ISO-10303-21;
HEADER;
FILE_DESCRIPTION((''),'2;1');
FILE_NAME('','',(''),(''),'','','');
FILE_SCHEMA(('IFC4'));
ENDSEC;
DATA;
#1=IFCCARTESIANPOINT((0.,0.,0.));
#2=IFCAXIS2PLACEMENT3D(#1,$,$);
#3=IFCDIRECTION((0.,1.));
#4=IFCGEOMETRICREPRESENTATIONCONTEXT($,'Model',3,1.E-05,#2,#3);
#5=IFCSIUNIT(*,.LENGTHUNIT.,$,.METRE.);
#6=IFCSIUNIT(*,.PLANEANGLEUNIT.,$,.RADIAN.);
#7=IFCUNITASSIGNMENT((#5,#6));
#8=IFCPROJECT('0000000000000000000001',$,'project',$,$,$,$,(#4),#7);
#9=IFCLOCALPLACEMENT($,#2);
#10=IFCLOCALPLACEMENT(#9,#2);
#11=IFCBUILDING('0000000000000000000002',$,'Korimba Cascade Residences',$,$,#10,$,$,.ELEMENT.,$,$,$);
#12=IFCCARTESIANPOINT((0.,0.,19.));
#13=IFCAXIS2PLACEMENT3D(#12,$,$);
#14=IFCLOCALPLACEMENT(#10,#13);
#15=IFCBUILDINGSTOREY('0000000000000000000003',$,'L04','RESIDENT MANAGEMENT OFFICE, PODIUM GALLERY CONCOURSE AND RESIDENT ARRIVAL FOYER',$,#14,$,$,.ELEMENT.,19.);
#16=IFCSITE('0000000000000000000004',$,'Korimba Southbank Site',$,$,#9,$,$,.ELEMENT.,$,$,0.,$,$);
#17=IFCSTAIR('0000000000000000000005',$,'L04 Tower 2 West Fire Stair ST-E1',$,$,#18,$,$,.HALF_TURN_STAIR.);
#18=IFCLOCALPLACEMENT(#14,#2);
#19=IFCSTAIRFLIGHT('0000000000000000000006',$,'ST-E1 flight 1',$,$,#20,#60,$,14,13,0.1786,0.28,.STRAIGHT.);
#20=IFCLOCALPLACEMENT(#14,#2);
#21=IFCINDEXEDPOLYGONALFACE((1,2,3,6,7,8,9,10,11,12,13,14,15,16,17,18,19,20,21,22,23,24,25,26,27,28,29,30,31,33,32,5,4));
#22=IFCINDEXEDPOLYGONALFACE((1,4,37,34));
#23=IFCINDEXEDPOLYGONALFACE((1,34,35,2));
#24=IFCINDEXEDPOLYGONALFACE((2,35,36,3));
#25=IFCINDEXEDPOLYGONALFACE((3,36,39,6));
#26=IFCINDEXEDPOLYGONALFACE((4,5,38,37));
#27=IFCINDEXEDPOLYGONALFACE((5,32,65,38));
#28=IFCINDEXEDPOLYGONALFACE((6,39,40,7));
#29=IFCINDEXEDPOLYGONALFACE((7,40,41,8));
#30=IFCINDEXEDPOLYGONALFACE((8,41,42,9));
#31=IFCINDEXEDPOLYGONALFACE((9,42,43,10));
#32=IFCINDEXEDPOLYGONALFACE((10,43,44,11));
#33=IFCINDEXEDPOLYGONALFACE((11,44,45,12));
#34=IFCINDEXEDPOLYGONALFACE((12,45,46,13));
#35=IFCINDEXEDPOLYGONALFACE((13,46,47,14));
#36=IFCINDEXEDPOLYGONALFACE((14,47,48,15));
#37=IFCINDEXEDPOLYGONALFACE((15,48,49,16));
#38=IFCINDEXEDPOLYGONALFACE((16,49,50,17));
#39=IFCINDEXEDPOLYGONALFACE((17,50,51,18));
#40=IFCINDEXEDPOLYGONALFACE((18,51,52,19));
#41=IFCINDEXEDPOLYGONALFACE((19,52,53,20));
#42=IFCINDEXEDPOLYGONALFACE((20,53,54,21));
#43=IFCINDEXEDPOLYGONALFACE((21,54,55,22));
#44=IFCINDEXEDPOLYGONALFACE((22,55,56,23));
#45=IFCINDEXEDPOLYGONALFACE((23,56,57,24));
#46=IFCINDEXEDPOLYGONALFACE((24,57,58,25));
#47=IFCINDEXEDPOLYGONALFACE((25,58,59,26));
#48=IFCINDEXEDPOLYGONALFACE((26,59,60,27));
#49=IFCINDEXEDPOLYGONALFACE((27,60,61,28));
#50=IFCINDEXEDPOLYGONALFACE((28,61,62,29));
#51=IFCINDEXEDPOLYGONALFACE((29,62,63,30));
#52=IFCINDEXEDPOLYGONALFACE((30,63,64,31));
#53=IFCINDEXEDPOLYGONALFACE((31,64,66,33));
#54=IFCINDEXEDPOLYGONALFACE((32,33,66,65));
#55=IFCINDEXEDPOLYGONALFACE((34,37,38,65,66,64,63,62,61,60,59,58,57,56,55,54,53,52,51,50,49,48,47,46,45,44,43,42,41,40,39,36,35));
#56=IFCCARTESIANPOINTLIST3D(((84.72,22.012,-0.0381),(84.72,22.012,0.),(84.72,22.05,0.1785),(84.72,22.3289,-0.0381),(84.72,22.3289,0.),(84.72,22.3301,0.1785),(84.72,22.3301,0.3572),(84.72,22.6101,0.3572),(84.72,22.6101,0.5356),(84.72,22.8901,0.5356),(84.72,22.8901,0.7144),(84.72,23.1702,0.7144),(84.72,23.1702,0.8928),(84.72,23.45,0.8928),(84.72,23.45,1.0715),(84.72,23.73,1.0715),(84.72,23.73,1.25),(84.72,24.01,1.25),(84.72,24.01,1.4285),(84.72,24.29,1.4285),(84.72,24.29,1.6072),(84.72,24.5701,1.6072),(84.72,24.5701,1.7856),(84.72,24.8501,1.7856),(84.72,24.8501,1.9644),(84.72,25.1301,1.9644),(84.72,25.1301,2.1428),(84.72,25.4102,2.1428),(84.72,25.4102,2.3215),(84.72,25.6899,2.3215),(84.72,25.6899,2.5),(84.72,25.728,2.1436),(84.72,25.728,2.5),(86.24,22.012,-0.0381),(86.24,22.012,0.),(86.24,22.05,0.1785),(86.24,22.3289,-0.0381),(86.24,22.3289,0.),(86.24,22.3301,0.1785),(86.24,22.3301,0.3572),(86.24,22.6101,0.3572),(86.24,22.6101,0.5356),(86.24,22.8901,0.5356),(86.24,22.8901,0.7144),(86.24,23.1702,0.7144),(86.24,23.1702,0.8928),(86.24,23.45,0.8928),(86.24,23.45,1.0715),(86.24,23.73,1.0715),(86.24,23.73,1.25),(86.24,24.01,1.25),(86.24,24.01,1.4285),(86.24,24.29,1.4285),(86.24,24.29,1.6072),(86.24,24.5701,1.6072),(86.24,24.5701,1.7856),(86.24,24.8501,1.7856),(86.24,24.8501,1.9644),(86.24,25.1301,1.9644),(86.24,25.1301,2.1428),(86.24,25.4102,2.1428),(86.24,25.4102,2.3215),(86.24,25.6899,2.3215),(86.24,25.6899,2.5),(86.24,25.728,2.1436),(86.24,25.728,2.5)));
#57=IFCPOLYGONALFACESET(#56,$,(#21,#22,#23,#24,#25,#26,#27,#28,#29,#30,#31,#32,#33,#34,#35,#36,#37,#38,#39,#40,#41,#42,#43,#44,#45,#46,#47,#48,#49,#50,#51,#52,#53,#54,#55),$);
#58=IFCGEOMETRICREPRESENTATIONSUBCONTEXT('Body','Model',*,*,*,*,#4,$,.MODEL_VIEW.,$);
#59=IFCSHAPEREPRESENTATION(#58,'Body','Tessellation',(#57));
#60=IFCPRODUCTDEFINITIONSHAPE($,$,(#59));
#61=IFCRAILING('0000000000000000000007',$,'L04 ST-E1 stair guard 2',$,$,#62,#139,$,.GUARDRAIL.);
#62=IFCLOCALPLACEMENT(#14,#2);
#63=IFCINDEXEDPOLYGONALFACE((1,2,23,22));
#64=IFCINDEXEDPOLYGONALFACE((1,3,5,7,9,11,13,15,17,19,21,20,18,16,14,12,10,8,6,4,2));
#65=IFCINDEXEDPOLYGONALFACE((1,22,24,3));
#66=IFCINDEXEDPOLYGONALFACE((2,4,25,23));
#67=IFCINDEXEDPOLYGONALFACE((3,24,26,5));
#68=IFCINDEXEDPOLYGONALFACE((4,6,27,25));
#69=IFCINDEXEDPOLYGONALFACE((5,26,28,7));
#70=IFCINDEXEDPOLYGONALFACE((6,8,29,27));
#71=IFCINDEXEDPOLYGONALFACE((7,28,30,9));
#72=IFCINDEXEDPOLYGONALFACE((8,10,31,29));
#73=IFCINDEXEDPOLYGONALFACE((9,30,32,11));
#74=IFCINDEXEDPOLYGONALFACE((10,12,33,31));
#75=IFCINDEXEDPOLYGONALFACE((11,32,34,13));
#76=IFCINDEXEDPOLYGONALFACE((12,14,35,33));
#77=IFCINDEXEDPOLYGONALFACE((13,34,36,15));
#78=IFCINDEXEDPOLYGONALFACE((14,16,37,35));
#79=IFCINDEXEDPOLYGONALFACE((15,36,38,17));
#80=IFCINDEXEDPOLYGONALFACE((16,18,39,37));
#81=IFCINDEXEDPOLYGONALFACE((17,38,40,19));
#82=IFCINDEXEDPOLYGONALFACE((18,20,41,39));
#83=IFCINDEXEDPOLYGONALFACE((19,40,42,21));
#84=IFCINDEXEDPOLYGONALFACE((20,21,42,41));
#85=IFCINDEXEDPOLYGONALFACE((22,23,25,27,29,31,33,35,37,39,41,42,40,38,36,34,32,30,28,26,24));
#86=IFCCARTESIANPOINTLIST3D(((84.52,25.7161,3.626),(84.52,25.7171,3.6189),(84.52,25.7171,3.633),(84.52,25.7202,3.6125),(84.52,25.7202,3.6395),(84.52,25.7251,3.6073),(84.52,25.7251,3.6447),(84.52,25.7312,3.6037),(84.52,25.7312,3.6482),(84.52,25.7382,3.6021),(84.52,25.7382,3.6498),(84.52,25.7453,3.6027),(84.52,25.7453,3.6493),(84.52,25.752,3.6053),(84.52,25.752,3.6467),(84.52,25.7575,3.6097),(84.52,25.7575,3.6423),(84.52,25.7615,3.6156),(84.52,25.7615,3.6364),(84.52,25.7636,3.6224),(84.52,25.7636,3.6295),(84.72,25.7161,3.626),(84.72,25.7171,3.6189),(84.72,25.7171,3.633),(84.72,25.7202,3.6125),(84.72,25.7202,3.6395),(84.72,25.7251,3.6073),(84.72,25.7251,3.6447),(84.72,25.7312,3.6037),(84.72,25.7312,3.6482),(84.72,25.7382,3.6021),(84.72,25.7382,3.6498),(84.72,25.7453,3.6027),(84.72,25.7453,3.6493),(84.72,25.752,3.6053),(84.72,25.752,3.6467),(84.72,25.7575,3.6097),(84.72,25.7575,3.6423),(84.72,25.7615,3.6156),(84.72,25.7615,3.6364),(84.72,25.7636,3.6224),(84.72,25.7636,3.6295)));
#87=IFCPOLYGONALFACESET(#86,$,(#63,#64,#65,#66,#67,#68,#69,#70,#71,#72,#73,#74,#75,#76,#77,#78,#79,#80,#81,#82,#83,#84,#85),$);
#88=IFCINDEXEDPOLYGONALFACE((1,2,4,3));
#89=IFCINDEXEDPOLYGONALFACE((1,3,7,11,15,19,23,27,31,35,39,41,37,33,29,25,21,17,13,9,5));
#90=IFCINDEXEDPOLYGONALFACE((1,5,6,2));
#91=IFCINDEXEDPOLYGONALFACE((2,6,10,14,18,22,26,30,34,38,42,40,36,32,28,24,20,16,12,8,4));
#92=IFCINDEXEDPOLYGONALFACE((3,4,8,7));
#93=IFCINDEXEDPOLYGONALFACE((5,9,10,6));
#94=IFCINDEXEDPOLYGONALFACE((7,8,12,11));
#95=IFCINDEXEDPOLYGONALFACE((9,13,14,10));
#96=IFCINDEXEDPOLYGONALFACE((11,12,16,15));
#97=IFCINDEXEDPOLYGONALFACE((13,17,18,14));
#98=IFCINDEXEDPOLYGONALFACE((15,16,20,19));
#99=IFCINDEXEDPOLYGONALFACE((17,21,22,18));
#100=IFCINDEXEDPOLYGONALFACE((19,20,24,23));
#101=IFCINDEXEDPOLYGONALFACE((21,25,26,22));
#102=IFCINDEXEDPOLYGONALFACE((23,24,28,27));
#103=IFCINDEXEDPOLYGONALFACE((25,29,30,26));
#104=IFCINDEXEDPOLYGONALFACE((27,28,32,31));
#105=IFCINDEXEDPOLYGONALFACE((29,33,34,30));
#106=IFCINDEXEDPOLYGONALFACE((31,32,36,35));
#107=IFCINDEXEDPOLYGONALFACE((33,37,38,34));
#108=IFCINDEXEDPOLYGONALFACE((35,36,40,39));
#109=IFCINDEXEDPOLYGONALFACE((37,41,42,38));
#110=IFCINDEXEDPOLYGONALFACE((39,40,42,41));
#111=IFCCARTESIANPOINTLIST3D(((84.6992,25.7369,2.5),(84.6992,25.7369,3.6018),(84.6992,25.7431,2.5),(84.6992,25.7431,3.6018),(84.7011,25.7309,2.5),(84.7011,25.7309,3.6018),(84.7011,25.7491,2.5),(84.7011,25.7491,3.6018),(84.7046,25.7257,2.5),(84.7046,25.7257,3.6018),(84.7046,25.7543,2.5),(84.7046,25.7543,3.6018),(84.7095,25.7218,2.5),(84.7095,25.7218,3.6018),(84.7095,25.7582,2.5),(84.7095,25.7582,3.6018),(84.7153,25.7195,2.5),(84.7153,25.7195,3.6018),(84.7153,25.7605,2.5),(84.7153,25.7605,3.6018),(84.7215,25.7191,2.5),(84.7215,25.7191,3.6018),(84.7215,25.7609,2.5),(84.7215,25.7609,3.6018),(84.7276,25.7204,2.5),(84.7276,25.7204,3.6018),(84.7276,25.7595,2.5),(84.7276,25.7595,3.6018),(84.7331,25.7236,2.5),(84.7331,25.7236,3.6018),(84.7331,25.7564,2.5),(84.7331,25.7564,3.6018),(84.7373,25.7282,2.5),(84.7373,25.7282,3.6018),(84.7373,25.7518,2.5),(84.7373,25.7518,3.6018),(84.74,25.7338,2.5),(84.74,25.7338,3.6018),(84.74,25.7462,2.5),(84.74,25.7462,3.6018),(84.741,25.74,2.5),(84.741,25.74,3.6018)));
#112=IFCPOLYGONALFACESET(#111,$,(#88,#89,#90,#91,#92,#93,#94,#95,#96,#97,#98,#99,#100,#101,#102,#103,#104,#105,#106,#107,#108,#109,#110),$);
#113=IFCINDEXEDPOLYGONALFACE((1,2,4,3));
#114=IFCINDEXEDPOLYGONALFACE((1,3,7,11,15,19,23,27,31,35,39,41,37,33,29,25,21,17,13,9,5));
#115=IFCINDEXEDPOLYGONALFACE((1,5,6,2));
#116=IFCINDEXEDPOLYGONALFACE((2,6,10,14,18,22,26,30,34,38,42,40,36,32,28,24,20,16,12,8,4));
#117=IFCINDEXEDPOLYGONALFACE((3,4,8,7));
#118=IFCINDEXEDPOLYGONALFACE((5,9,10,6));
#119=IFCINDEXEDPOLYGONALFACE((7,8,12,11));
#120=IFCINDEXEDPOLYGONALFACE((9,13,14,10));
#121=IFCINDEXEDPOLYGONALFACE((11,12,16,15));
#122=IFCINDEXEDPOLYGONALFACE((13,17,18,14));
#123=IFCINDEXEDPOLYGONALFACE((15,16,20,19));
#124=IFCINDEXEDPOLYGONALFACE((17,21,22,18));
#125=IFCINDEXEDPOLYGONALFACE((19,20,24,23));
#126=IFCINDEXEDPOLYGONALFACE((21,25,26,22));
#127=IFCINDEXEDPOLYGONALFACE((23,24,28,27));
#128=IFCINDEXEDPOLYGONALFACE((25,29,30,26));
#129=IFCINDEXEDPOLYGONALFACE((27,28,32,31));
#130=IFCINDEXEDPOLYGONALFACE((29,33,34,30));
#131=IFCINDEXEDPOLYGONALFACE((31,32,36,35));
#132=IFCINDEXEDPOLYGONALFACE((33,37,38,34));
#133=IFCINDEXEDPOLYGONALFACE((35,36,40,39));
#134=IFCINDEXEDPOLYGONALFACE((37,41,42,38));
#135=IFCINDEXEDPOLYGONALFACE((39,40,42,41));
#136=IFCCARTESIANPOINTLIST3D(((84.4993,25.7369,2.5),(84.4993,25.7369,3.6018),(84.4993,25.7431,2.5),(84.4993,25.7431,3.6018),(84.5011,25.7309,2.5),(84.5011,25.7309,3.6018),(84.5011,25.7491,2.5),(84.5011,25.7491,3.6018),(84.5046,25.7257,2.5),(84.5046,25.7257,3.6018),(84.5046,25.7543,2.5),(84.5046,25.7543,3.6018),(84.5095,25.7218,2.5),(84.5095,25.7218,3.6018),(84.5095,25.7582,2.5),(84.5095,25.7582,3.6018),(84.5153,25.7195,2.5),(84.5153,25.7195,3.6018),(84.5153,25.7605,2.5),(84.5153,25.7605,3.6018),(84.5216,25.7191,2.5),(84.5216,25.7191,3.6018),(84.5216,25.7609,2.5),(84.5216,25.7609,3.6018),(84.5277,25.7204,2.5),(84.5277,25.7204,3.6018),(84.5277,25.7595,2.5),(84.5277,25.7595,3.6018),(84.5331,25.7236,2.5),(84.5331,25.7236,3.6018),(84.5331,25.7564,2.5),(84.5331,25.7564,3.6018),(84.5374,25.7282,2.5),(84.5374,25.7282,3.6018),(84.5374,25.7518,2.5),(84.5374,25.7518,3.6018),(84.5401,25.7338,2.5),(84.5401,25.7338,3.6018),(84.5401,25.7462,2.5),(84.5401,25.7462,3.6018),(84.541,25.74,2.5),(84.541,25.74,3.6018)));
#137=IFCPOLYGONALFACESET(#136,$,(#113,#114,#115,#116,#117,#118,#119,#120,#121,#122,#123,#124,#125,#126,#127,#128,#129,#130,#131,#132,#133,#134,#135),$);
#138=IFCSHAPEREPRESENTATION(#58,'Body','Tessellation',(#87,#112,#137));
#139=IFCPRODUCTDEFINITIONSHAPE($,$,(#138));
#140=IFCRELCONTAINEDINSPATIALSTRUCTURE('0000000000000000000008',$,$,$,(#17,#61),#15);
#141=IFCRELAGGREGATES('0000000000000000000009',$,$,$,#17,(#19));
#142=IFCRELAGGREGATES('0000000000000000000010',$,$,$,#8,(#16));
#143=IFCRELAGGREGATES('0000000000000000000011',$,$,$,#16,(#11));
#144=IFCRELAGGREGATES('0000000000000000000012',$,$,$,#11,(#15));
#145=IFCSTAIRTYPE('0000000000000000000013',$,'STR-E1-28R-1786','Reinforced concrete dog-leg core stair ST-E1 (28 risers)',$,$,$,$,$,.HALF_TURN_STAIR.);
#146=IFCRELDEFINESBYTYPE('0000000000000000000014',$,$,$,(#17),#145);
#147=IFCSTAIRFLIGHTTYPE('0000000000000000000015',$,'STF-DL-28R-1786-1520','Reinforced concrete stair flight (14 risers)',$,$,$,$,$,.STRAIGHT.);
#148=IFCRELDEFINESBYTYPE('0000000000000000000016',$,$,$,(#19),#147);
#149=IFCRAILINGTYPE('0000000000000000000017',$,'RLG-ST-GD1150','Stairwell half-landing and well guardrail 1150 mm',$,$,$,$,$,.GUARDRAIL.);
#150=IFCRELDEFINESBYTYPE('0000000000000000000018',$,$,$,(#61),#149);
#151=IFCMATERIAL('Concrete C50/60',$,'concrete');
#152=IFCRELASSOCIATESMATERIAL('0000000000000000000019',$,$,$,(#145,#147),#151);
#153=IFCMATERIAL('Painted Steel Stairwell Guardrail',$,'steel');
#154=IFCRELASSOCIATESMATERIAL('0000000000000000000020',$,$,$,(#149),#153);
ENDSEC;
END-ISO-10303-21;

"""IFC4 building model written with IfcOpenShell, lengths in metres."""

from ifc_helpers import new_model, si_unit, direction, frame, origin, origin_2d, place, context, subcontext, project, spatial, polyline, circle, outline, extrude, material, type_object, element, aggregate, save


model = new_model("IFC4")

# Units and contexts
model_context = context("Model", 3, precision=1e-05, world=origin(), true_north=direction((0.0, 1.0)))
body_context = subcontext(model_context, "Body", "Model", "MODEL_VIEW")
ifc_project = project(units=[si_unit("LENGTHUNIT", "METRE"), si_unit("PLANEANGLEUNIT", "RADIAN")], contexts=[model_context])

# Site, building, storey
site_placement = place(None, origin())
site = spatial("IfcSite", under=ifc_project, at=site_placement, Name="Korimba Southbank Site", CompositionType="ELEMENT", RefElevation=0.0)
building_placement = place(site_placement, origin())
building = spatial("IfcBuilding", under=site, at=building_placement, Name="Korimba Cascade Residences", CompositionType="ELEMENT")
storey_placement = place(building_placement, frame((0.0, 0.0, 19.0)))
storey = spatial("IfcBuildingStorey", under=building, at=storey_placement, Name="L04", Description="RESIDENT MANAGEMENT OFFICE, PODIUM GALLERY CONCOURSE AND RESIDENT ARRIVAL FOYER", CompositionType="ELEMENT", Elevation=19.0)

# Shared definitions
ifc_material_1 = material(Name="Concrete C50/60", Category="concrete")

# Stair, stair flight
stair_type = type_object("IfcStairType", Name="STR-E1-28R-1786", Description="Reinforced concrete dog-leg core stair ST-E1 (28 risers)", PredefinedType="HALF_TURN_STAIR", material=ifc_material_1)
stair_placement = place(storey_placement, origin())
stair = element("IfcStair", 1, at=stair_placement, inside=storey, type_object=stair_type, Name="L04 Tower 2 West Fire Stair ST-E1", PredefinedType="HALF_TURN_STAIR")
stair_flight_type = type_object("IfcStairFlightType", Name="STF-DL-28R-1786-1520", Description="Reinforced concrete stair flight (14 risers)", PredefinedType="STRAIGHT", material=ifc_material_1)
stair_flight_placement = place(storey_placement, frame((85.48, 22.05, 0.0), z_axis=(0.0, 0.0, 1.0), x_axis=(0.0, 1.0, 0.0)))
stair_flight = element("IfcStairFlight", 2, at=stair_flight_placement, type_object=stair_flight_type, Name="ST-E1 flight 1", NumberOfRisers=14, NumberOfTreads=13, PredefinedType="STRAIGHT", RiserHeight=0.1786, TreadLength=0.28, context=body_context, shape_type="SweptSolid", body=[
    extrude(outline(polyline([(-0.0381, 0.0), (0.0, 0.1785), (0.28, 0.1785), (0.28, 0.3572), (0.5601, 0.3572), (0.5601, 0.5356), (0.8401, 0.5356), (0.8401, 0.7144), (1.1201, 0.7144), (1.1201, 0.8928), (1.3999, 0.8928), (1.3999, 1.0715), (1.6799, 1.0715), (1.6799, 1.25), (1.96, 1.25), (1.96, 1.4285), (2.24, 1.4285), (2.24, 1.6072), (2.52, 1.6072), (2.52, 1.7856), (2.8, 1.7856), (2.8, 1.9644), (3.0801, 1.9644), (3.0801, 2.1428), (3.3601, 2.1428), (3.3601, 2.3215), (3.6399, 2.3215), (3.6399, 2.5), (3.678, 2.5), (3.678, 2.1436), (0.2788, 0.0), (0.2788, -0.0381), (-0.0381, -0.0381), (-0.0381, 0.0)])), frame((0.0, 0.76, 0.0), z_axis=(0.0, -1.0, 0.0), x_axis=(1.0, 0.0, 0.0)), (0.0, 0.0, 1.0), 1.52),
])
aggregate(stair, [stair_flight])

# Railing
ifc_material_2 = material(Name="Painted Steel Stairwell Guardrail", Category="steel")
railing_type_1 = type_object("IfcRailingType", Name="RLG-ST-GD1150", Description="Stairwell half-landing and well guardrail 1150 mm", PredefinedType="GUARDRAIL", material=ifc_material_2)
railing_1_placement = place(storey_placement, frame((84.72, 25.74, 2.5)))
element("IfcRailing", 3, at=railing_1_placement, inside=storey, type_object=railing_type_1, Name="L04 ST-E1 stair guard 2", PredefinedType="GUARDRAIL", context=body_context, shape_type="SweptSolid", body=[
    extrude(circle(Radius=0.0239, at=origin_2d()), frame((0.0, 0.0, 1.126), z_axis=(-1.0, 0.0, 0.0), x_axis=(0.0, -1.0, 0.0)), (0.0, 0.0, 1.0), 0.2),
    extrude(circle(Radius=0.021, at=origin_2d()), origin(), (0.0, 0.0, 1.0), 1.1018),
    extrude(circle(Radius=0.021, at=origin_2d()), frame((-0.2, 0.0, 0.0)), (0.0, 0.0, 1.0), 1.1018),
])

save(model, "model.ifc")
